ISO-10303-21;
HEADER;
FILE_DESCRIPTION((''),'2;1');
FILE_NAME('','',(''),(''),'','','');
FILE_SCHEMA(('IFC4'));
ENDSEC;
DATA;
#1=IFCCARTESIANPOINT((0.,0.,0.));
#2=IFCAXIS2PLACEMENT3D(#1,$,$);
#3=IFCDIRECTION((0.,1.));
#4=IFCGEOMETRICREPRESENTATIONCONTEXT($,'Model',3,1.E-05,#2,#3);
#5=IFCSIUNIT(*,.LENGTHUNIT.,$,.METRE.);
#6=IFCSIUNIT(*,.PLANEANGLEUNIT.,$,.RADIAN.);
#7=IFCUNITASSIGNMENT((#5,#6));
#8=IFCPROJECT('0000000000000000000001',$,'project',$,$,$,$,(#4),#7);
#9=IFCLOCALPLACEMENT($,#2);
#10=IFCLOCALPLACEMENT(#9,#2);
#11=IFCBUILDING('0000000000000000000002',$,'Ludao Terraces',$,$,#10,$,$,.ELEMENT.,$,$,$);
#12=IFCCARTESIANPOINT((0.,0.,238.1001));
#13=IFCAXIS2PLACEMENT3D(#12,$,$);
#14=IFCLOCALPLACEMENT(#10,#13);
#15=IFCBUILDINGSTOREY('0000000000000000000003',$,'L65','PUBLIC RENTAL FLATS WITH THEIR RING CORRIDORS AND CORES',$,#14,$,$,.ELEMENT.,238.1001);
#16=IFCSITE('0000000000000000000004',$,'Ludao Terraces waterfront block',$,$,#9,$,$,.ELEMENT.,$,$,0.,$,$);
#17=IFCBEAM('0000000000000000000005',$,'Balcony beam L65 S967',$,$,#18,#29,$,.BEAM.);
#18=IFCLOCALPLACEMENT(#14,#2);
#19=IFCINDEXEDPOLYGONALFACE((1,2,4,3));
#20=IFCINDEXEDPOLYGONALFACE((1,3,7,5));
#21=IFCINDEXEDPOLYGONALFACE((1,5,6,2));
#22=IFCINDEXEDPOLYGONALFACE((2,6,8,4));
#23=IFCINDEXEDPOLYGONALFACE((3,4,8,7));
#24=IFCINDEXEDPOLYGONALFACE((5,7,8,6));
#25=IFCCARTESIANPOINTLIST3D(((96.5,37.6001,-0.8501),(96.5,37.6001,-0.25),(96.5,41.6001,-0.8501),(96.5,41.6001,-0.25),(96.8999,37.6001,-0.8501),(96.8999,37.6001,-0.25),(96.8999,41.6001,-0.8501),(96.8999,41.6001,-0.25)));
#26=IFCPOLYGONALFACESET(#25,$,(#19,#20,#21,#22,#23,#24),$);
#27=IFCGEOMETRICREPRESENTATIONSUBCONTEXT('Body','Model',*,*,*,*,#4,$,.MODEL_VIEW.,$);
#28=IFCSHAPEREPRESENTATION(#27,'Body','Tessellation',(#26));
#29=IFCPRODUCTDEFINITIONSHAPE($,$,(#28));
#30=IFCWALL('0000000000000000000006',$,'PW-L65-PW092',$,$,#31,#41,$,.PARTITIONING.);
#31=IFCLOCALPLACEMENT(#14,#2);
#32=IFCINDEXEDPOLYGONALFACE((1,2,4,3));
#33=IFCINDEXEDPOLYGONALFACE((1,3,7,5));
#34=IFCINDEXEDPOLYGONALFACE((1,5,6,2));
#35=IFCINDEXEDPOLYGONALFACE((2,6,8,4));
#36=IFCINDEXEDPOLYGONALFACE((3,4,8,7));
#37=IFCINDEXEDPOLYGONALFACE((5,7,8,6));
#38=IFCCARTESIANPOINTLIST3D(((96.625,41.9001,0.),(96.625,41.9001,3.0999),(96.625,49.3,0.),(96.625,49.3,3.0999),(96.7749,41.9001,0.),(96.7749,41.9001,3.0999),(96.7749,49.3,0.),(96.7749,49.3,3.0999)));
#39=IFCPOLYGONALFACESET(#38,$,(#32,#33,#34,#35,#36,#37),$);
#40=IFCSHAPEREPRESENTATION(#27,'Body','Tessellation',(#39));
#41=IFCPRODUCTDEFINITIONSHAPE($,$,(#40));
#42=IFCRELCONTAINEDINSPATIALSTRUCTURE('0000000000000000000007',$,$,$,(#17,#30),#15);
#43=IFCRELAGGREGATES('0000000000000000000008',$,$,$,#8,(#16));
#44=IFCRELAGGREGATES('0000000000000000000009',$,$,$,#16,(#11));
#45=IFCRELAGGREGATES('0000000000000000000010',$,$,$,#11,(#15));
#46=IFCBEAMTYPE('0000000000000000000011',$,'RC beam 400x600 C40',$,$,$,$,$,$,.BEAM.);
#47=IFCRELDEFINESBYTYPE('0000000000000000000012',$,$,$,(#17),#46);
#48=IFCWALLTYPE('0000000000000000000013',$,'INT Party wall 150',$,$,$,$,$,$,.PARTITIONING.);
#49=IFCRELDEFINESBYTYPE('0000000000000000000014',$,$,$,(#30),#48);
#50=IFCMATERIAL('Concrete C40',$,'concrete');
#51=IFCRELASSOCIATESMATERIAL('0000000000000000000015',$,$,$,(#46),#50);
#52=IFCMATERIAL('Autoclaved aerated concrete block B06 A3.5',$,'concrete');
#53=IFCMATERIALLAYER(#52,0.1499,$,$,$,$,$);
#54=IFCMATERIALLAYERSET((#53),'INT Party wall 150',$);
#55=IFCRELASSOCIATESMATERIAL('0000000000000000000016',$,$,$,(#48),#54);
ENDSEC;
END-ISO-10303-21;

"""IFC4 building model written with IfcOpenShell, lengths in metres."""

from ifc_helpers import new_model, si_unit, direction, frame, frame_2d, origin, origin_2d, place, context, subcontext, project, spatial, rectangle, extrude, material, layer, layer_set, material_profile, profile_set, type_object, element, save


model = new_model("IFC4")

# Units and contexts
model_context = context("Model", 3, precision=1e-05, world=origin(), true_north=direction((0.0, 1.0)))
body_context = subcontext(model_context, "Body", "Model", "MODEL_VIEW")
ifc_project = project(units=[si_unit("LENGTHUNIT", "METRE"), si_unit("PLANEANGLEUNIT", "RADIAN")], contexts=[model_context])

# Site, building, storey
site_placement = place(None, origin())
site = spatial("IfcSite", under=ifc_project, at=site_placement, Name="Ludao Terraces waterfront block", CompositionType="ELEMENT", RefElevation=0.0)
building_placement = place(site_placement, origin())
building = spatial("IfcBuilding", under=site, at=building_placement, Name="Ludao Terraces", CompositionType="ELEMENT")
storey_placement = place(building_placement, frame((0.0, 0.0, 238.1001)))
storey = spatial("IfcBuildingStorey", under=building, at=storey_placement, Name="L65", Description="PUBLIC RENTAL FLATS WITH THEIR RING CORRIDORS AND CORES", CompositionType="ELEMENT", Elevation=238.1001)

# Beam
ifc_material_1 = material(Name="Concrete C40", Category="concrete")
ifc_material_profile = material_profile(ifc_material_1, rectangle(XDim=0.3999, YDim=0.6001, at=origin_2d()), Name="400 X 600")
ifc_profile_set = profile_set([ifc_material_profile], Name="Concrete C40")
beam_type = type_object("IfcBeamType", Name="RC beam 400x600 C40", PredefinedType="BEAM", material=ifc_profile_set)
beam_placement = place(storey_placement, frame((96.7, 41.6001, -0.55), z_axis=(0.0, -1.0, 0.0), x_axis=(1.0, 0.0, 0.0)))
element("IfcBeam", 1, at=beam_placement, inside=storey, type_object=beam_type, Name="Balcony beam L65 S967", PredefinedType="BEAM", context=body_context, shape_type="SweptSolid", body=[
    extrude(rectangle(XDim=0.3999, YDim=0.6001, at=origin_2d()), origin(), (0.0, 0.0, 1.0), 4.0),
])

# Wall
ifc_material_2 = material(Name="Autoclaved aerated concrete block B06 A3.5", Category="concrete")
ifc_layer = layer(ifc_material_2, 0.1499)
ifc_layer_set = layer_set([ifc_layer], Name="INT Party wall 150")
wall_type = type_object("IfcWallType", Name="INT Party wall 150", PredefinedType="PARTITIONING", material=ifc_layer_set)
wall_placement = place(storey_placement, frame((96.7, 41.9001, 0.0), z_axis=(0.0, 0.0, 1.0), x_axis=(0.0, 1.0, 0.0)))
element("IfcWall", 2, at=wall_placement, inside=storey, type_object=wall_type, Name="PW-L65-PW092", PredefinedType="PARTITIONING", context=body_context, shape_type="SweptSolid", body=[
    extrude(rectangle(XDim=7.3999, YDim=0.1499, at=frame_2d((3.7, 0.0))), origin(), (0.0, 0.0, 1.0), 3.0999),
])

save(model, "model.ifc")
